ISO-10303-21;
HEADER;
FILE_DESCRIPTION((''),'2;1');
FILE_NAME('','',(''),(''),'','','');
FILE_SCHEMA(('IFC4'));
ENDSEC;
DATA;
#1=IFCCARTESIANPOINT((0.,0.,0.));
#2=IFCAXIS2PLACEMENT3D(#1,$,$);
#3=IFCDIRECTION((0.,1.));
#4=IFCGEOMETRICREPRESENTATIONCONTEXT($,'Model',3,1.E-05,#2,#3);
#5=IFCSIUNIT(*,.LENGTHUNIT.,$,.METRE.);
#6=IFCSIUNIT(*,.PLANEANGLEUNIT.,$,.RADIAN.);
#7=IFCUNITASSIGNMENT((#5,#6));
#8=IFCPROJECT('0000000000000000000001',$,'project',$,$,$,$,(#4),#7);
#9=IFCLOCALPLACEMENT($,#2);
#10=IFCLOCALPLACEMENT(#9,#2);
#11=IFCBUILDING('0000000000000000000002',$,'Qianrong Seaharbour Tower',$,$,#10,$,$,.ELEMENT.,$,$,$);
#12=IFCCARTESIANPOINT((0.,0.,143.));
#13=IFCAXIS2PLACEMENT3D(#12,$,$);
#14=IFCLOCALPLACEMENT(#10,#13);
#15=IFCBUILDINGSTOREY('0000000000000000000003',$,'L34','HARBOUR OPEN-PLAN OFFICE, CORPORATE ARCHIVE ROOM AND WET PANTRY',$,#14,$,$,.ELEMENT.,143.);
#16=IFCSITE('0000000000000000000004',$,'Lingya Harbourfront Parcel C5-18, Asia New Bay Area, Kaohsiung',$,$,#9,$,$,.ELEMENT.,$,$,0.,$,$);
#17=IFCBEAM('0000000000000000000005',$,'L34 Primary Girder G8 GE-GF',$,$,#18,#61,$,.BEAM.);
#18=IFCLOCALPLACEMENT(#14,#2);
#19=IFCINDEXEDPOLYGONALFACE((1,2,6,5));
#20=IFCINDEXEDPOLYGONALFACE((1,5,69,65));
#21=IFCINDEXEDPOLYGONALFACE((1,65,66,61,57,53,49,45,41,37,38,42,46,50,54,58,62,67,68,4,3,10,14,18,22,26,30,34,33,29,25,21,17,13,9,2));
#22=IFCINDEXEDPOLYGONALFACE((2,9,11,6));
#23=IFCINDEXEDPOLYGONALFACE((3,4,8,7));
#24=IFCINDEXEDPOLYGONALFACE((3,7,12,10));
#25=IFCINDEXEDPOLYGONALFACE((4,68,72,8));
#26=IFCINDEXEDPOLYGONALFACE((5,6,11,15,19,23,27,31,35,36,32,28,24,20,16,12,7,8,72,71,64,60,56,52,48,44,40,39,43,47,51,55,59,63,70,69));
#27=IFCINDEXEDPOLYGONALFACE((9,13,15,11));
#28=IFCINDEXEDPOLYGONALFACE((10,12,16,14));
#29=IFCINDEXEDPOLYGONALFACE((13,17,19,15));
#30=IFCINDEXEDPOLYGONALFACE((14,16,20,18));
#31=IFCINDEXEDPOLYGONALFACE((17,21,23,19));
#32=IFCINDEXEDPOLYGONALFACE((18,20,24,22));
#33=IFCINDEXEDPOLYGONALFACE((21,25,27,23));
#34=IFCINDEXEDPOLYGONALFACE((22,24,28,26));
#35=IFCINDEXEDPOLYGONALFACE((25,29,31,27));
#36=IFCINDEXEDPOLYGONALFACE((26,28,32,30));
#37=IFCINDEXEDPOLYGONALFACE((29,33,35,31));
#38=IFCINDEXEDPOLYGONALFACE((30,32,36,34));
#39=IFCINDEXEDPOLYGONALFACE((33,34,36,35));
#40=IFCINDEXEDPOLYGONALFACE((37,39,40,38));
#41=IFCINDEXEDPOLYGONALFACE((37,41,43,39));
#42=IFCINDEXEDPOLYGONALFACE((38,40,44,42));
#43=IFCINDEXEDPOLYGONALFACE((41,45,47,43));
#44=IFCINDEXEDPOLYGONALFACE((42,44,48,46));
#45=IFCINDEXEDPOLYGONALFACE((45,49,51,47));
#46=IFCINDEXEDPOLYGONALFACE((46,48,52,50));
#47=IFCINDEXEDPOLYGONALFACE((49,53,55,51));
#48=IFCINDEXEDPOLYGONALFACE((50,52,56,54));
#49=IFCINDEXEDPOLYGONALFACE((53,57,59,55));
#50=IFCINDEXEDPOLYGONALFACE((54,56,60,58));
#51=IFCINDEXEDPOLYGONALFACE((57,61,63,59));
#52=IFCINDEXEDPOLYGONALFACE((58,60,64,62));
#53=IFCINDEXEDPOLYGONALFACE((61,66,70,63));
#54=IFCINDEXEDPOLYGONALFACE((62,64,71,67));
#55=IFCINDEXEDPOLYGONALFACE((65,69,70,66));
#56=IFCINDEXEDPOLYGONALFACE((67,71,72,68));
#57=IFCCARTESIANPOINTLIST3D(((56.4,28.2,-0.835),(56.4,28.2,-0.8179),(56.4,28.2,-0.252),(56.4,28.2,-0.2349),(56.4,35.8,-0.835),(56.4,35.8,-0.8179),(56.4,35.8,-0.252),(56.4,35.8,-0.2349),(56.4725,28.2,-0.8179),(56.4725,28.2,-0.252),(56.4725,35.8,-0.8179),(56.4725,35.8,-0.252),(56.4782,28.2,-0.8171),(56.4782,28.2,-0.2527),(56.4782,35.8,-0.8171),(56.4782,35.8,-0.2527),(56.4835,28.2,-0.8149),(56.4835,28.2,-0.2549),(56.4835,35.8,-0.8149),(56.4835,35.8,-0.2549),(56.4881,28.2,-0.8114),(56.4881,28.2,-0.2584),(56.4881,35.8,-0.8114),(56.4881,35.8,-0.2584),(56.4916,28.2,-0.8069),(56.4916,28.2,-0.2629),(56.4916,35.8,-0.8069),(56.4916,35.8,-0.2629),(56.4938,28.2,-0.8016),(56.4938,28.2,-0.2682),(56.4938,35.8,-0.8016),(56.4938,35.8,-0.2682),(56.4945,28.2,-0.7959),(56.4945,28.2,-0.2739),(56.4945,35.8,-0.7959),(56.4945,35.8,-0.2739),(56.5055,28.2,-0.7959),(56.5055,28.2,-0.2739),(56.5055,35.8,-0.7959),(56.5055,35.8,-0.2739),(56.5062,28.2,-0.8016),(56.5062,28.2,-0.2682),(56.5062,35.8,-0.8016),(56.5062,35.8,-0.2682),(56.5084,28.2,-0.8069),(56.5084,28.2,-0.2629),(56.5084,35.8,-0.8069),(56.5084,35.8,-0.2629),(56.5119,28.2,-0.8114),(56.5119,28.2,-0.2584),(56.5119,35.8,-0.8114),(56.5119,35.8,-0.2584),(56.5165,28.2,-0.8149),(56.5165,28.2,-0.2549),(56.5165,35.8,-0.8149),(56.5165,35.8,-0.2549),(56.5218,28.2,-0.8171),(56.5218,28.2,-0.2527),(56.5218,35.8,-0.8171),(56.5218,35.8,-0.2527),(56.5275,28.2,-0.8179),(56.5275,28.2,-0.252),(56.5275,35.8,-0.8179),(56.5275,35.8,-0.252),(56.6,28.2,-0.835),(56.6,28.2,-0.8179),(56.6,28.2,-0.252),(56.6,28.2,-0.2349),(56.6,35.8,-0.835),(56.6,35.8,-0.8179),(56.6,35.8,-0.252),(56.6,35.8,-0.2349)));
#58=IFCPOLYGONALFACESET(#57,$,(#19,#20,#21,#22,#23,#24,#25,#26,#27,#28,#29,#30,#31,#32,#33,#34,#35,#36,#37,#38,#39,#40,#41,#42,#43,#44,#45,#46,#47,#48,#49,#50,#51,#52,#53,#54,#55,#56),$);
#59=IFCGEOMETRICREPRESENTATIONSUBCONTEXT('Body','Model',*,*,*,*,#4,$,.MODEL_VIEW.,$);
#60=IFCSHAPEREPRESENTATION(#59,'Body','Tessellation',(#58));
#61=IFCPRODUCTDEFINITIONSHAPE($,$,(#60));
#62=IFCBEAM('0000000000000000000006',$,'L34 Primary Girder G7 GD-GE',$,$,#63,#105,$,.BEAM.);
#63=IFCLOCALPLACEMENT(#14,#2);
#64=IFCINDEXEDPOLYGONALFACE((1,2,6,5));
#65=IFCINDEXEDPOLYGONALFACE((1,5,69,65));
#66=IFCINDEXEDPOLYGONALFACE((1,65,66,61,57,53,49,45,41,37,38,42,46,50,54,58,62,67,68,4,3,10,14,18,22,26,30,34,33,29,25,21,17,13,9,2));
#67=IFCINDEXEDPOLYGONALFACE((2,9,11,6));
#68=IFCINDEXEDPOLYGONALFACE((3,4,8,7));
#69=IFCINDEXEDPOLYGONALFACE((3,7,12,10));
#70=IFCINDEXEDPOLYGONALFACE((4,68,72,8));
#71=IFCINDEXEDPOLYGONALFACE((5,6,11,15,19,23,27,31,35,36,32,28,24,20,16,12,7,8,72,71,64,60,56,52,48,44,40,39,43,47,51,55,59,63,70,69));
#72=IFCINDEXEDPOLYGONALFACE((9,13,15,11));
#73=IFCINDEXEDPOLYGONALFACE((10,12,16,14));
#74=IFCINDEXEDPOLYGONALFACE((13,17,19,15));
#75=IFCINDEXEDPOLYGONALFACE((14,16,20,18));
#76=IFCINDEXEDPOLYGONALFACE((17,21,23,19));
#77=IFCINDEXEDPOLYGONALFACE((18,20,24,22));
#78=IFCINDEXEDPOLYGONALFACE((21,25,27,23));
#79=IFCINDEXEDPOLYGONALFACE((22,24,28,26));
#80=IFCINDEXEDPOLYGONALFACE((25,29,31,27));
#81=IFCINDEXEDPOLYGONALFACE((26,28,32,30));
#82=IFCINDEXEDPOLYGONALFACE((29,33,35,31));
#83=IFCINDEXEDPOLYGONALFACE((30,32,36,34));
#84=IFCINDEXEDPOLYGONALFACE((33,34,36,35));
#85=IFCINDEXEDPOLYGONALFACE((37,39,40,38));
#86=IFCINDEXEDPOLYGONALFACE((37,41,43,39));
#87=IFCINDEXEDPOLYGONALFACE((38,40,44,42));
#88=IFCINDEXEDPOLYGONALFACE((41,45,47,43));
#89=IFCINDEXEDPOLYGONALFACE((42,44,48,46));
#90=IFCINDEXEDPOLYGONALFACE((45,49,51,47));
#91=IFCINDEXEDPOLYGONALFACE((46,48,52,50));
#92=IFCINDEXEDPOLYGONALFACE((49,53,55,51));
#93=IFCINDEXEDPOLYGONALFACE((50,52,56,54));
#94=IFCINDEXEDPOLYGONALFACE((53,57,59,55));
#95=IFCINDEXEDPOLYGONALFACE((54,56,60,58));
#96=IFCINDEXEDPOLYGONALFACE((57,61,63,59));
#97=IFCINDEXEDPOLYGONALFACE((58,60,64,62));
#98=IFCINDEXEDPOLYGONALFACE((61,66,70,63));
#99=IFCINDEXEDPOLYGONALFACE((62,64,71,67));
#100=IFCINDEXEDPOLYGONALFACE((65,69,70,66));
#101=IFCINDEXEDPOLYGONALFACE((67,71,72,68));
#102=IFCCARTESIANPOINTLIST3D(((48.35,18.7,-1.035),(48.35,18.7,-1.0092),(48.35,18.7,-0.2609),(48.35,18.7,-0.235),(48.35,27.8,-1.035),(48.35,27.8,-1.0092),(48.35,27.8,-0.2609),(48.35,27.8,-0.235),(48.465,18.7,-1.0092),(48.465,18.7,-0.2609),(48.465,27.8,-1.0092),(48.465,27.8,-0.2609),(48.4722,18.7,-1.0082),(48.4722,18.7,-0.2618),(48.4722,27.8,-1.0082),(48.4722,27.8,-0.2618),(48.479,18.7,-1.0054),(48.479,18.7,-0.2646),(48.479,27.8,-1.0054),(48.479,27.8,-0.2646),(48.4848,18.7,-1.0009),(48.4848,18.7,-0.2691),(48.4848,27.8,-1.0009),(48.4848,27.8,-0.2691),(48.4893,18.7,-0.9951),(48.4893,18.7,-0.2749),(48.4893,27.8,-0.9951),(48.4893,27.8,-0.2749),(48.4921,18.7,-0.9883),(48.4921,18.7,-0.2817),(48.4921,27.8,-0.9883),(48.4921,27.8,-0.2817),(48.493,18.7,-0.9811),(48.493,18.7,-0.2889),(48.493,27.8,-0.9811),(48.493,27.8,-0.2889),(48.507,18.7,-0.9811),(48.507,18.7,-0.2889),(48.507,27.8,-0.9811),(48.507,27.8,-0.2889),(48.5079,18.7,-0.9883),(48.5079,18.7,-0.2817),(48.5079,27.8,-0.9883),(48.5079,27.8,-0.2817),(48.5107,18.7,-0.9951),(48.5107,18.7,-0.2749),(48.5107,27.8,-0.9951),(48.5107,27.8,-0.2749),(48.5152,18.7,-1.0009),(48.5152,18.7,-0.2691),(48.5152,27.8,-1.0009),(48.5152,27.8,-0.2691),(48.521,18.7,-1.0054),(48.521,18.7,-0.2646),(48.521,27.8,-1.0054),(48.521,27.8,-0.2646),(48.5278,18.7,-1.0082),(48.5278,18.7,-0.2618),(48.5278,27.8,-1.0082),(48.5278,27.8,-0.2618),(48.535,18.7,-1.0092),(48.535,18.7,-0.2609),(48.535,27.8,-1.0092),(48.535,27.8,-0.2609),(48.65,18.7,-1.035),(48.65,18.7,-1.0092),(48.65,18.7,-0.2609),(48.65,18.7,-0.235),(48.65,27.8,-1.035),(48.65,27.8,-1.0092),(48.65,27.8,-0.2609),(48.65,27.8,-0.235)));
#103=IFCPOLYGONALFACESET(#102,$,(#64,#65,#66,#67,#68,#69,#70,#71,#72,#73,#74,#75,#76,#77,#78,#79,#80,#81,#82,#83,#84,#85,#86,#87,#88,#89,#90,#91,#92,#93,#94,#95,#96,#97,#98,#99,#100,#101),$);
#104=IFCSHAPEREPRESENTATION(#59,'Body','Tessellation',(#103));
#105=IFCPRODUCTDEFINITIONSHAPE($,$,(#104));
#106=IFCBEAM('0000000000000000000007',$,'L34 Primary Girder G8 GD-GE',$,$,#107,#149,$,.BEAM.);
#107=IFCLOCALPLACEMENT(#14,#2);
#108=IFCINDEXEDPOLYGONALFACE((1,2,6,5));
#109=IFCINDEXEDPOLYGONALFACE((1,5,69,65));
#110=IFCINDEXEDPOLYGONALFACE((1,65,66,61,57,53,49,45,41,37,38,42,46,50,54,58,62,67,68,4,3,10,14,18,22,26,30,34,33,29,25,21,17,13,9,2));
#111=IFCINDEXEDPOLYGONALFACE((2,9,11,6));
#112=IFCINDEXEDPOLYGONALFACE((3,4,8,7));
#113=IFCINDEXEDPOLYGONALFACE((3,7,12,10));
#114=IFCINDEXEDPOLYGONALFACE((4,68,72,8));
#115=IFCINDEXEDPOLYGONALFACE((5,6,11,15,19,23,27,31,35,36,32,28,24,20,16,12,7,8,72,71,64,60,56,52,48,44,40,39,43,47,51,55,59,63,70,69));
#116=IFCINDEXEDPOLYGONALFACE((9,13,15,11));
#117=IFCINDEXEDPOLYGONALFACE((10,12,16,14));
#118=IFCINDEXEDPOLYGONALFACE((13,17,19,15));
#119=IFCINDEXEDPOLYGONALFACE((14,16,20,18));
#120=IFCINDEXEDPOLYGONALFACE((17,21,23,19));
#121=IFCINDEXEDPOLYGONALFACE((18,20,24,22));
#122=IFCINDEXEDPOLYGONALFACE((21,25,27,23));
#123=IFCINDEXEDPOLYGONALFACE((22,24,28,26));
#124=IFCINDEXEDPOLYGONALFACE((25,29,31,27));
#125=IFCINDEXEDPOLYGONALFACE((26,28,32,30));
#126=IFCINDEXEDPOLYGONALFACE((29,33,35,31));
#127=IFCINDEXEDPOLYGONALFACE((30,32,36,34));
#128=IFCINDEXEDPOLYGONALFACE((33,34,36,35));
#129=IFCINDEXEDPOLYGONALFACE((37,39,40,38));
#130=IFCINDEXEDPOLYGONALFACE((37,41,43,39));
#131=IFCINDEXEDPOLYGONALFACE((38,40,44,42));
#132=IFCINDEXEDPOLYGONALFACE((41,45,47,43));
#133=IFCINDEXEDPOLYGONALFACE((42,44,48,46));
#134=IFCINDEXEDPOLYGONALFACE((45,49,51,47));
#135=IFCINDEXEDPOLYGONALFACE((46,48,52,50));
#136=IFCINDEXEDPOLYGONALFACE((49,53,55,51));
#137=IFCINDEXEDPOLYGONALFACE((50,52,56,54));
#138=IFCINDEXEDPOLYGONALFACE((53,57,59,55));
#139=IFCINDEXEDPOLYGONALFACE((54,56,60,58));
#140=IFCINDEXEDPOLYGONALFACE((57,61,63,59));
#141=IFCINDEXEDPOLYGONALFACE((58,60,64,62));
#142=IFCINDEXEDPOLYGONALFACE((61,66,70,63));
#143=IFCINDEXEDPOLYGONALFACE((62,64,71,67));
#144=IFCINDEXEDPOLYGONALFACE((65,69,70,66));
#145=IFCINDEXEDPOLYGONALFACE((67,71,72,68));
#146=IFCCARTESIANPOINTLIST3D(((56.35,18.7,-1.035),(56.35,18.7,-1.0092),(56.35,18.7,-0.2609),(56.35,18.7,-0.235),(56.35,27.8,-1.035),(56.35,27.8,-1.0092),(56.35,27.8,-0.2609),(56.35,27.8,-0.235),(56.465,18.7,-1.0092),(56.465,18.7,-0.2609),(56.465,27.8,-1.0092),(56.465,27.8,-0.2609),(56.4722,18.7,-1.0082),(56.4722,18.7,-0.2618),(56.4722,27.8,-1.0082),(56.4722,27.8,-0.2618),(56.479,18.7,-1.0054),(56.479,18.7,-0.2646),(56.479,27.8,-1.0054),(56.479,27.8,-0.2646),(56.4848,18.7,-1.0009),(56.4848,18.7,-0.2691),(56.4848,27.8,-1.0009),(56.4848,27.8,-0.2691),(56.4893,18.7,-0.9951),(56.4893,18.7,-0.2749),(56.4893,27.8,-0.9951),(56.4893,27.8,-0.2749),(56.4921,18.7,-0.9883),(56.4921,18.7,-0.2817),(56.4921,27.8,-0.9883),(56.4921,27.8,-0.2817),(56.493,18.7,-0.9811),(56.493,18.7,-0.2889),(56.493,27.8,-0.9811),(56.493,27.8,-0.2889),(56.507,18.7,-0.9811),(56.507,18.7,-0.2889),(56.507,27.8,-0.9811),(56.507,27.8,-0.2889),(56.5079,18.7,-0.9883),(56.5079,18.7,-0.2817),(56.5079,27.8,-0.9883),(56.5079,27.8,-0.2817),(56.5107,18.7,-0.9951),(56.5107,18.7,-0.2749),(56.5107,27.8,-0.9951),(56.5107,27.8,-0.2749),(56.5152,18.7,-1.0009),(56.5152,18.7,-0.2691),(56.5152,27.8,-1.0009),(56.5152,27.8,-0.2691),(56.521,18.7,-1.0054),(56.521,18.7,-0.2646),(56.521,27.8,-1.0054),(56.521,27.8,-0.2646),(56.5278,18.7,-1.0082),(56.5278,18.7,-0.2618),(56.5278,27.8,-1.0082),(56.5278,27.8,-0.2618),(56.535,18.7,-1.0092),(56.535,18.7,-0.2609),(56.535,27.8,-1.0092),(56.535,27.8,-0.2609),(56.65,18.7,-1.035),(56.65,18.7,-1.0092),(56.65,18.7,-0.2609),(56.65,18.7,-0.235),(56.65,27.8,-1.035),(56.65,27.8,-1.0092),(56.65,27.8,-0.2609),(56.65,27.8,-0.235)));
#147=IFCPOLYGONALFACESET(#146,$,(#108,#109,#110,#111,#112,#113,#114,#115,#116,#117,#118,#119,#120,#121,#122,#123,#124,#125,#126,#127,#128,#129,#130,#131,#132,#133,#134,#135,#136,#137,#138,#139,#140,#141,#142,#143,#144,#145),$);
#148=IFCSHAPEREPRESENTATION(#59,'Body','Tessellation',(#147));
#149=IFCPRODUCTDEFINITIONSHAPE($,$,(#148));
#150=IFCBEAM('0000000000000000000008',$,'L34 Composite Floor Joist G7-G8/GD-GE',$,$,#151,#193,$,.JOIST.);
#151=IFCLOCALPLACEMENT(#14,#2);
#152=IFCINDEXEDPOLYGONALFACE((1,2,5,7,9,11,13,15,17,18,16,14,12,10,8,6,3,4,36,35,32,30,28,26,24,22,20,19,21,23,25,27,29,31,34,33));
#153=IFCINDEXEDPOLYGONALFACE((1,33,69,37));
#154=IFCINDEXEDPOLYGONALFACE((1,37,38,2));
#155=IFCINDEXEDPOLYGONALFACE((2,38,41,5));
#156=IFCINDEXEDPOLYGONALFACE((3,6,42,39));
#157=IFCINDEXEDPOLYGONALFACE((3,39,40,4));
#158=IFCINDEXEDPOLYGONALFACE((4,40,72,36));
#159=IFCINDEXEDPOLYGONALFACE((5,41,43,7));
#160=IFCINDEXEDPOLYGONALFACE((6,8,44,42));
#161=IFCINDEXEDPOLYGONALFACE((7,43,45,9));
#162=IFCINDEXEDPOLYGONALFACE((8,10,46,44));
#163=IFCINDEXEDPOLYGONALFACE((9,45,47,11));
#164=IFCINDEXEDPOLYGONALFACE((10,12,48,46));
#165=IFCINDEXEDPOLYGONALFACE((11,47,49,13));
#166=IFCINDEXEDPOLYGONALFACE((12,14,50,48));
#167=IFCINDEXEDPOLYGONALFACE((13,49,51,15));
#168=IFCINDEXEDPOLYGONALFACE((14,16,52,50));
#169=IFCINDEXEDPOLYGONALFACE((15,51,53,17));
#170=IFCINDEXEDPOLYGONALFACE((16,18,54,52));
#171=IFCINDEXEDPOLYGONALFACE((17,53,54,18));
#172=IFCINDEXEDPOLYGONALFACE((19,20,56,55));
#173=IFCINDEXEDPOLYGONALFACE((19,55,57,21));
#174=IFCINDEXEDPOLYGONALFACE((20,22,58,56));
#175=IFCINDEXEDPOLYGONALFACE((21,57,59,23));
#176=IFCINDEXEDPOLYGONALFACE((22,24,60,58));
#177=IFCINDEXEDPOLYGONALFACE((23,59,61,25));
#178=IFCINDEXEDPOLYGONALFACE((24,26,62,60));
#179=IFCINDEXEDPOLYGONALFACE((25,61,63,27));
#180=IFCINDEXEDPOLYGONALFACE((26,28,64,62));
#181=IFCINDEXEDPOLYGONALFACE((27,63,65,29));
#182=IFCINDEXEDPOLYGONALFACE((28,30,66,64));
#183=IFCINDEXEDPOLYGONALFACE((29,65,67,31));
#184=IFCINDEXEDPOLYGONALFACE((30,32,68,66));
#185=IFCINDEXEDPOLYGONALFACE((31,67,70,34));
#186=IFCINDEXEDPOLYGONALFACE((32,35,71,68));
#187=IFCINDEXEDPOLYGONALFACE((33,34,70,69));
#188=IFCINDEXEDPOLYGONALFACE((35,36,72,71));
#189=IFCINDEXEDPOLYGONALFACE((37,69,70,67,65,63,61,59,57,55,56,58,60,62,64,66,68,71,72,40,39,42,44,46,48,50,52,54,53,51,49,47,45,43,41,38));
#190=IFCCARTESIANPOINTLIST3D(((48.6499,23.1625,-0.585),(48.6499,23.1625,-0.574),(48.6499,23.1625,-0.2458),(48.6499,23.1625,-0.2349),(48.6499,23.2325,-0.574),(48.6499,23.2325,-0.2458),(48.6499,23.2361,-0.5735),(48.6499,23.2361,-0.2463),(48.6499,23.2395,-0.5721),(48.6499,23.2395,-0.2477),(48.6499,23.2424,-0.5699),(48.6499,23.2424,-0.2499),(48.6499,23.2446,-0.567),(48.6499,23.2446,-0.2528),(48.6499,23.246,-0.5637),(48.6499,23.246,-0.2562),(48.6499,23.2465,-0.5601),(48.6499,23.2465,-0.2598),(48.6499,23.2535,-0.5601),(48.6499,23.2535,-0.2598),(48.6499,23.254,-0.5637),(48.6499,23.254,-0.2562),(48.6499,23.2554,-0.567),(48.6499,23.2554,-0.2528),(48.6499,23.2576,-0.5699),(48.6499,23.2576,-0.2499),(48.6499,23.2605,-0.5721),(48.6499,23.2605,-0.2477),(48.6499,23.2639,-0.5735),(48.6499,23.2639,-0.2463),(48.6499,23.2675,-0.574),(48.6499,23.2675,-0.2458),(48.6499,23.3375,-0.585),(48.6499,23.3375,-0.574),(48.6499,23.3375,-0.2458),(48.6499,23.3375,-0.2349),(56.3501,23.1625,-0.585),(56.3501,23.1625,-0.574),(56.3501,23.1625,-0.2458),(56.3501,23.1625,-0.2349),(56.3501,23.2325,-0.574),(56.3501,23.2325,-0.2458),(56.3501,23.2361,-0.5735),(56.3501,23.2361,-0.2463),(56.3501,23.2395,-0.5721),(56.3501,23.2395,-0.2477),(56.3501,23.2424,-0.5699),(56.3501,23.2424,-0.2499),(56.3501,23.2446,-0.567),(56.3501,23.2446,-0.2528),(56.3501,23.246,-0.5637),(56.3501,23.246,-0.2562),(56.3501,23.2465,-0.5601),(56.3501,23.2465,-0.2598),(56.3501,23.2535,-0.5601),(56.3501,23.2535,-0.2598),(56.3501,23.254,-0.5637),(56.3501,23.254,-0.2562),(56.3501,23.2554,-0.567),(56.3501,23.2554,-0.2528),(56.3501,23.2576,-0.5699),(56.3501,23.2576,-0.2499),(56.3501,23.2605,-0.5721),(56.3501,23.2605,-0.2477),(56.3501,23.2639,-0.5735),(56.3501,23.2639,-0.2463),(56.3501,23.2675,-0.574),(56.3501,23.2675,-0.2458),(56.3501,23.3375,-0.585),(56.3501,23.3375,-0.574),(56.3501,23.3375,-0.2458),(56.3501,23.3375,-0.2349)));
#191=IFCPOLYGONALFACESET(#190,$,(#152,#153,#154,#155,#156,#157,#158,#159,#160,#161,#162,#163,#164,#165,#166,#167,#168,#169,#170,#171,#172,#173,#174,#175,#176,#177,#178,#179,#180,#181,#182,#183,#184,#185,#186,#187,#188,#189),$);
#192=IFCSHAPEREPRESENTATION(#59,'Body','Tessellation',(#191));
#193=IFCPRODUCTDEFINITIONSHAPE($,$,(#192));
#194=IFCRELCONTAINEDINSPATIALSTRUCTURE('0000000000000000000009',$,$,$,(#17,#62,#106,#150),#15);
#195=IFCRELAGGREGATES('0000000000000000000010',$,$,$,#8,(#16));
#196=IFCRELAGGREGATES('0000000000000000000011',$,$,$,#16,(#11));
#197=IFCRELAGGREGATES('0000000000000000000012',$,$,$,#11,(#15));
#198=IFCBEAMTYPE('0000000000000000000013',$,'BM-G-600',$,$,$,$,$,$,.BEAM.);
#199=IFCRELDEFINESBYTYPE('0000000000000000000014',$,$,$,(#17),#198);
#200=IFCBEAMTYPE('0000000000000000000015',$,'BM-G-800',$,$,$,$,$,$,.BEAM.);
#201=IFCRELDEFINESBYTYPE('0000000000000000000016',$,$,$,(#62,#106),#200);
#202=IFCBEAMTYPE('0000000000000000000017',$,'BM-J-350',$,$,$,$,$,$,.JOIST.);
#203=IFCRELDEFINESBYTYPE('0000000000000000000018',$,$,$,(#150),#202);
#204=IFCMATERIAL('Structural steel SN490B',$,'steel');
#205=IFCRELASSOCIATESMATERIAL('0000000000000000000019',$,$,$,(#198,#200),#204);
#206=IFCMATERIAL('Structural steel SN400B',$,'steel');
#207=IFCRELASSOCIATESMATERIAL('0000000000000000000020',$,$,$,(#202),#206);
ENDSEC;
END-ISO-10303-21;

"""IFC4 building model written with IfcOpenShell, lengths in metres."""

from ifc_helpers import new_model, si_unit, direction, frame, origin, origin_2d, place, context, subcontext, project, spatial, i_section, extrude, material, material_profile, profile_set, type_object, element, save


model = new_model("IFC4")

# Units and contexts
model_context = context("Model", 3, precision=1e-05, world=origin(), true_north=direction((0.0, 1.0)))
body_context = subcontext(model_context, "Body", "Model", "MODEL_VIEW")
ifc_project = project(units=[si_unit("LENGTHUNIT", "METRE"), si_unit("PLANEANGLEUNIT", "RADIAN")], contexts=[model_context])

# Site, building, storey
site_placement = place(None, origin())
site = spatial("IfcSite", under=ifc_project, at=site_placement, Name="Lingya Harbourfront Parcel C5-18, Asia New Bay Area, Kaohsiung", CompositionType="ELEMENT", RefElevation=0.0)
building_placement = place(site_placement, origin())
building = spatial("IfcBuilding", under=site, at=building_placement, Name="Qianrong Seaharbour Tower", CompositionType="ELEMENT")
storey_placement = place(building_placement, frame((0.0, 0.0, 143.0)))
storey = spatial("IfcBuildingStorey", under=building, at=storey_placement, Name="L34", Description="HARBOUR OPEN-PLAN OFFICE, CORPORATE ARCHIVE ROOM AND WET PANTRY", CompositionType="ELEMENT", Elevation=143.0)

# Shared definitions
ifc_material_1 = material(Name="Structural steel SN490B", Category="steel")

# Beams
ifc_material_profile_1 = material_profile(ifc_material_1, i_section(OverallWidth=0.2, OverallDepth=0.6001, WebThickness=0.011, FlangeThickness=0.0171, FilletRadius=0.022, at=origin_2d()), Name="H600x200x11x17")
ifc_profile_set_1 = profile_set([ifc_material_profile_1], Name="Structural steel SN490B")
beam_type_1 = type_object("IfcBeamType", Name="BM-G-600", PredefinedType="BEAM", material=ifc_profile_set_1)
for number, where, z_axis, x_axis, name in (
    (1, (56.5, 28.2, -0.5349), (0.0, 1.0, 0.0), (-1.0, 0.0, 0.0), "L34 Primary Girder G8 GE-GF"),
):
    element("IfcBeam", number, at=place(storey_placement, frame(where, z_axis=z_axis, x_axis=x_axis)), inside=storey, type_object=beam_type_1, Name=name, PredefinedType="BEAM", context=body_context, shape_type="SweptSolid", body=[
        extrude(i_section(OverallWidth=0.2, OverallDepth=0.6001, WebThickness=0.011, FlangeThickness=0.0171, FilletRadius=0.022, at=origin_2d()), origin(), (0.0, 0.0, 1.0), 7.6001),
    ])
ifc_material_profile_2 = material_profile(ifc_material_1, i_section(OverallWidth=0.3, OverallDepth=0.8, WebThickness=0.0139, FlangeThickness=0.0259, FilletRadius=0.0281, at=origin_2d()), Name="H800x300x14x26")
ifc_profile_set_2 = profile_set([ifc_material_profile_2], Name="Structural steel SN490B")
beam_type_2 = type_object("IfcBeamType", Name="BM-G-800", PredefinedType="BEAM", material=ifc_profile_set_2)
for number, where, z_axis, x_axis, name in (
    (2, (48.5, 18.7, -0.635), (0.0, 1.0, 0.0), (-1.0, 0.0, 0.0), "L34 Primary Girder G7 GD-GE"),
    (3, (56.5, 18.7, -0.635), (0.0, 1.0, 0.0), (-1.0, 0.0, 0.0), "L34 Primary Girder G8 GD-GE"),
):
    element("IfcBeam", number, at=place(storey_placement, frame(where, z_axis=z_axis, x_axis=x_axis)), inside=storey, type_object=beam_type_2, Name=name, PredefinedType="BEAM", context=body_context, shape_type="SweptSolid", body=[
        extrude(i_section(OverallWidth=0.3, OverallDepth=0.8, WebThickness=0.0139, FlangeThickness=0.0259, FilletRadius=0.0281, at=origin_2d()), origin(), (0.0, 0.0, 1.0), 9.1001),
    ])
ifc_material_2 = material(Name="Structural steel SN400B", Category="steel")
ifc_material_profile_3 = material_profile(ifc_material_2, i_section(OverallWidth=0.175, OverallDepth=0.3501, WebThickness=0.0071, FlangeThickness=0.011, FilletRadius=0.0139, at=origin_2d()), Name="H350x175x7x11")
ifc_profile_set_3 = profile_set([ifc_material_profile_3], Name="Structural steel SN400B")
beam_type_3 = type_object("IfcBeamType", Name="BM-J-350", PredefinedType="JOIST", material=ifc_profile_set_3)
beam_1_placement = place(storey_placement, frame((48.6499, 23.25, -0.4099), z_axis=(1.0, 0.0, 0.0), x_axis=(0.0, 1.0, 0.0)))
element("IfcBeam", 4, at=beam_1_placement, inside=storey, type_object=beam_type_3, Name="L34 Composite Floor Joist G7-G8/GD-GE", PredefinedType="JOIST", context=body_context, shape_type="SweptSolid", body=[
    extrude(i_section(OverallWidth=0.175, OverallDepth=0.3501, WebThickness=0.0071, FlangeThickness=0.011, FilletRadius=0.0139, at=origin_2d()), origin(), (0.0, 0.0, 1.0), 7.7002),
])

save(model, "model.ifc")
